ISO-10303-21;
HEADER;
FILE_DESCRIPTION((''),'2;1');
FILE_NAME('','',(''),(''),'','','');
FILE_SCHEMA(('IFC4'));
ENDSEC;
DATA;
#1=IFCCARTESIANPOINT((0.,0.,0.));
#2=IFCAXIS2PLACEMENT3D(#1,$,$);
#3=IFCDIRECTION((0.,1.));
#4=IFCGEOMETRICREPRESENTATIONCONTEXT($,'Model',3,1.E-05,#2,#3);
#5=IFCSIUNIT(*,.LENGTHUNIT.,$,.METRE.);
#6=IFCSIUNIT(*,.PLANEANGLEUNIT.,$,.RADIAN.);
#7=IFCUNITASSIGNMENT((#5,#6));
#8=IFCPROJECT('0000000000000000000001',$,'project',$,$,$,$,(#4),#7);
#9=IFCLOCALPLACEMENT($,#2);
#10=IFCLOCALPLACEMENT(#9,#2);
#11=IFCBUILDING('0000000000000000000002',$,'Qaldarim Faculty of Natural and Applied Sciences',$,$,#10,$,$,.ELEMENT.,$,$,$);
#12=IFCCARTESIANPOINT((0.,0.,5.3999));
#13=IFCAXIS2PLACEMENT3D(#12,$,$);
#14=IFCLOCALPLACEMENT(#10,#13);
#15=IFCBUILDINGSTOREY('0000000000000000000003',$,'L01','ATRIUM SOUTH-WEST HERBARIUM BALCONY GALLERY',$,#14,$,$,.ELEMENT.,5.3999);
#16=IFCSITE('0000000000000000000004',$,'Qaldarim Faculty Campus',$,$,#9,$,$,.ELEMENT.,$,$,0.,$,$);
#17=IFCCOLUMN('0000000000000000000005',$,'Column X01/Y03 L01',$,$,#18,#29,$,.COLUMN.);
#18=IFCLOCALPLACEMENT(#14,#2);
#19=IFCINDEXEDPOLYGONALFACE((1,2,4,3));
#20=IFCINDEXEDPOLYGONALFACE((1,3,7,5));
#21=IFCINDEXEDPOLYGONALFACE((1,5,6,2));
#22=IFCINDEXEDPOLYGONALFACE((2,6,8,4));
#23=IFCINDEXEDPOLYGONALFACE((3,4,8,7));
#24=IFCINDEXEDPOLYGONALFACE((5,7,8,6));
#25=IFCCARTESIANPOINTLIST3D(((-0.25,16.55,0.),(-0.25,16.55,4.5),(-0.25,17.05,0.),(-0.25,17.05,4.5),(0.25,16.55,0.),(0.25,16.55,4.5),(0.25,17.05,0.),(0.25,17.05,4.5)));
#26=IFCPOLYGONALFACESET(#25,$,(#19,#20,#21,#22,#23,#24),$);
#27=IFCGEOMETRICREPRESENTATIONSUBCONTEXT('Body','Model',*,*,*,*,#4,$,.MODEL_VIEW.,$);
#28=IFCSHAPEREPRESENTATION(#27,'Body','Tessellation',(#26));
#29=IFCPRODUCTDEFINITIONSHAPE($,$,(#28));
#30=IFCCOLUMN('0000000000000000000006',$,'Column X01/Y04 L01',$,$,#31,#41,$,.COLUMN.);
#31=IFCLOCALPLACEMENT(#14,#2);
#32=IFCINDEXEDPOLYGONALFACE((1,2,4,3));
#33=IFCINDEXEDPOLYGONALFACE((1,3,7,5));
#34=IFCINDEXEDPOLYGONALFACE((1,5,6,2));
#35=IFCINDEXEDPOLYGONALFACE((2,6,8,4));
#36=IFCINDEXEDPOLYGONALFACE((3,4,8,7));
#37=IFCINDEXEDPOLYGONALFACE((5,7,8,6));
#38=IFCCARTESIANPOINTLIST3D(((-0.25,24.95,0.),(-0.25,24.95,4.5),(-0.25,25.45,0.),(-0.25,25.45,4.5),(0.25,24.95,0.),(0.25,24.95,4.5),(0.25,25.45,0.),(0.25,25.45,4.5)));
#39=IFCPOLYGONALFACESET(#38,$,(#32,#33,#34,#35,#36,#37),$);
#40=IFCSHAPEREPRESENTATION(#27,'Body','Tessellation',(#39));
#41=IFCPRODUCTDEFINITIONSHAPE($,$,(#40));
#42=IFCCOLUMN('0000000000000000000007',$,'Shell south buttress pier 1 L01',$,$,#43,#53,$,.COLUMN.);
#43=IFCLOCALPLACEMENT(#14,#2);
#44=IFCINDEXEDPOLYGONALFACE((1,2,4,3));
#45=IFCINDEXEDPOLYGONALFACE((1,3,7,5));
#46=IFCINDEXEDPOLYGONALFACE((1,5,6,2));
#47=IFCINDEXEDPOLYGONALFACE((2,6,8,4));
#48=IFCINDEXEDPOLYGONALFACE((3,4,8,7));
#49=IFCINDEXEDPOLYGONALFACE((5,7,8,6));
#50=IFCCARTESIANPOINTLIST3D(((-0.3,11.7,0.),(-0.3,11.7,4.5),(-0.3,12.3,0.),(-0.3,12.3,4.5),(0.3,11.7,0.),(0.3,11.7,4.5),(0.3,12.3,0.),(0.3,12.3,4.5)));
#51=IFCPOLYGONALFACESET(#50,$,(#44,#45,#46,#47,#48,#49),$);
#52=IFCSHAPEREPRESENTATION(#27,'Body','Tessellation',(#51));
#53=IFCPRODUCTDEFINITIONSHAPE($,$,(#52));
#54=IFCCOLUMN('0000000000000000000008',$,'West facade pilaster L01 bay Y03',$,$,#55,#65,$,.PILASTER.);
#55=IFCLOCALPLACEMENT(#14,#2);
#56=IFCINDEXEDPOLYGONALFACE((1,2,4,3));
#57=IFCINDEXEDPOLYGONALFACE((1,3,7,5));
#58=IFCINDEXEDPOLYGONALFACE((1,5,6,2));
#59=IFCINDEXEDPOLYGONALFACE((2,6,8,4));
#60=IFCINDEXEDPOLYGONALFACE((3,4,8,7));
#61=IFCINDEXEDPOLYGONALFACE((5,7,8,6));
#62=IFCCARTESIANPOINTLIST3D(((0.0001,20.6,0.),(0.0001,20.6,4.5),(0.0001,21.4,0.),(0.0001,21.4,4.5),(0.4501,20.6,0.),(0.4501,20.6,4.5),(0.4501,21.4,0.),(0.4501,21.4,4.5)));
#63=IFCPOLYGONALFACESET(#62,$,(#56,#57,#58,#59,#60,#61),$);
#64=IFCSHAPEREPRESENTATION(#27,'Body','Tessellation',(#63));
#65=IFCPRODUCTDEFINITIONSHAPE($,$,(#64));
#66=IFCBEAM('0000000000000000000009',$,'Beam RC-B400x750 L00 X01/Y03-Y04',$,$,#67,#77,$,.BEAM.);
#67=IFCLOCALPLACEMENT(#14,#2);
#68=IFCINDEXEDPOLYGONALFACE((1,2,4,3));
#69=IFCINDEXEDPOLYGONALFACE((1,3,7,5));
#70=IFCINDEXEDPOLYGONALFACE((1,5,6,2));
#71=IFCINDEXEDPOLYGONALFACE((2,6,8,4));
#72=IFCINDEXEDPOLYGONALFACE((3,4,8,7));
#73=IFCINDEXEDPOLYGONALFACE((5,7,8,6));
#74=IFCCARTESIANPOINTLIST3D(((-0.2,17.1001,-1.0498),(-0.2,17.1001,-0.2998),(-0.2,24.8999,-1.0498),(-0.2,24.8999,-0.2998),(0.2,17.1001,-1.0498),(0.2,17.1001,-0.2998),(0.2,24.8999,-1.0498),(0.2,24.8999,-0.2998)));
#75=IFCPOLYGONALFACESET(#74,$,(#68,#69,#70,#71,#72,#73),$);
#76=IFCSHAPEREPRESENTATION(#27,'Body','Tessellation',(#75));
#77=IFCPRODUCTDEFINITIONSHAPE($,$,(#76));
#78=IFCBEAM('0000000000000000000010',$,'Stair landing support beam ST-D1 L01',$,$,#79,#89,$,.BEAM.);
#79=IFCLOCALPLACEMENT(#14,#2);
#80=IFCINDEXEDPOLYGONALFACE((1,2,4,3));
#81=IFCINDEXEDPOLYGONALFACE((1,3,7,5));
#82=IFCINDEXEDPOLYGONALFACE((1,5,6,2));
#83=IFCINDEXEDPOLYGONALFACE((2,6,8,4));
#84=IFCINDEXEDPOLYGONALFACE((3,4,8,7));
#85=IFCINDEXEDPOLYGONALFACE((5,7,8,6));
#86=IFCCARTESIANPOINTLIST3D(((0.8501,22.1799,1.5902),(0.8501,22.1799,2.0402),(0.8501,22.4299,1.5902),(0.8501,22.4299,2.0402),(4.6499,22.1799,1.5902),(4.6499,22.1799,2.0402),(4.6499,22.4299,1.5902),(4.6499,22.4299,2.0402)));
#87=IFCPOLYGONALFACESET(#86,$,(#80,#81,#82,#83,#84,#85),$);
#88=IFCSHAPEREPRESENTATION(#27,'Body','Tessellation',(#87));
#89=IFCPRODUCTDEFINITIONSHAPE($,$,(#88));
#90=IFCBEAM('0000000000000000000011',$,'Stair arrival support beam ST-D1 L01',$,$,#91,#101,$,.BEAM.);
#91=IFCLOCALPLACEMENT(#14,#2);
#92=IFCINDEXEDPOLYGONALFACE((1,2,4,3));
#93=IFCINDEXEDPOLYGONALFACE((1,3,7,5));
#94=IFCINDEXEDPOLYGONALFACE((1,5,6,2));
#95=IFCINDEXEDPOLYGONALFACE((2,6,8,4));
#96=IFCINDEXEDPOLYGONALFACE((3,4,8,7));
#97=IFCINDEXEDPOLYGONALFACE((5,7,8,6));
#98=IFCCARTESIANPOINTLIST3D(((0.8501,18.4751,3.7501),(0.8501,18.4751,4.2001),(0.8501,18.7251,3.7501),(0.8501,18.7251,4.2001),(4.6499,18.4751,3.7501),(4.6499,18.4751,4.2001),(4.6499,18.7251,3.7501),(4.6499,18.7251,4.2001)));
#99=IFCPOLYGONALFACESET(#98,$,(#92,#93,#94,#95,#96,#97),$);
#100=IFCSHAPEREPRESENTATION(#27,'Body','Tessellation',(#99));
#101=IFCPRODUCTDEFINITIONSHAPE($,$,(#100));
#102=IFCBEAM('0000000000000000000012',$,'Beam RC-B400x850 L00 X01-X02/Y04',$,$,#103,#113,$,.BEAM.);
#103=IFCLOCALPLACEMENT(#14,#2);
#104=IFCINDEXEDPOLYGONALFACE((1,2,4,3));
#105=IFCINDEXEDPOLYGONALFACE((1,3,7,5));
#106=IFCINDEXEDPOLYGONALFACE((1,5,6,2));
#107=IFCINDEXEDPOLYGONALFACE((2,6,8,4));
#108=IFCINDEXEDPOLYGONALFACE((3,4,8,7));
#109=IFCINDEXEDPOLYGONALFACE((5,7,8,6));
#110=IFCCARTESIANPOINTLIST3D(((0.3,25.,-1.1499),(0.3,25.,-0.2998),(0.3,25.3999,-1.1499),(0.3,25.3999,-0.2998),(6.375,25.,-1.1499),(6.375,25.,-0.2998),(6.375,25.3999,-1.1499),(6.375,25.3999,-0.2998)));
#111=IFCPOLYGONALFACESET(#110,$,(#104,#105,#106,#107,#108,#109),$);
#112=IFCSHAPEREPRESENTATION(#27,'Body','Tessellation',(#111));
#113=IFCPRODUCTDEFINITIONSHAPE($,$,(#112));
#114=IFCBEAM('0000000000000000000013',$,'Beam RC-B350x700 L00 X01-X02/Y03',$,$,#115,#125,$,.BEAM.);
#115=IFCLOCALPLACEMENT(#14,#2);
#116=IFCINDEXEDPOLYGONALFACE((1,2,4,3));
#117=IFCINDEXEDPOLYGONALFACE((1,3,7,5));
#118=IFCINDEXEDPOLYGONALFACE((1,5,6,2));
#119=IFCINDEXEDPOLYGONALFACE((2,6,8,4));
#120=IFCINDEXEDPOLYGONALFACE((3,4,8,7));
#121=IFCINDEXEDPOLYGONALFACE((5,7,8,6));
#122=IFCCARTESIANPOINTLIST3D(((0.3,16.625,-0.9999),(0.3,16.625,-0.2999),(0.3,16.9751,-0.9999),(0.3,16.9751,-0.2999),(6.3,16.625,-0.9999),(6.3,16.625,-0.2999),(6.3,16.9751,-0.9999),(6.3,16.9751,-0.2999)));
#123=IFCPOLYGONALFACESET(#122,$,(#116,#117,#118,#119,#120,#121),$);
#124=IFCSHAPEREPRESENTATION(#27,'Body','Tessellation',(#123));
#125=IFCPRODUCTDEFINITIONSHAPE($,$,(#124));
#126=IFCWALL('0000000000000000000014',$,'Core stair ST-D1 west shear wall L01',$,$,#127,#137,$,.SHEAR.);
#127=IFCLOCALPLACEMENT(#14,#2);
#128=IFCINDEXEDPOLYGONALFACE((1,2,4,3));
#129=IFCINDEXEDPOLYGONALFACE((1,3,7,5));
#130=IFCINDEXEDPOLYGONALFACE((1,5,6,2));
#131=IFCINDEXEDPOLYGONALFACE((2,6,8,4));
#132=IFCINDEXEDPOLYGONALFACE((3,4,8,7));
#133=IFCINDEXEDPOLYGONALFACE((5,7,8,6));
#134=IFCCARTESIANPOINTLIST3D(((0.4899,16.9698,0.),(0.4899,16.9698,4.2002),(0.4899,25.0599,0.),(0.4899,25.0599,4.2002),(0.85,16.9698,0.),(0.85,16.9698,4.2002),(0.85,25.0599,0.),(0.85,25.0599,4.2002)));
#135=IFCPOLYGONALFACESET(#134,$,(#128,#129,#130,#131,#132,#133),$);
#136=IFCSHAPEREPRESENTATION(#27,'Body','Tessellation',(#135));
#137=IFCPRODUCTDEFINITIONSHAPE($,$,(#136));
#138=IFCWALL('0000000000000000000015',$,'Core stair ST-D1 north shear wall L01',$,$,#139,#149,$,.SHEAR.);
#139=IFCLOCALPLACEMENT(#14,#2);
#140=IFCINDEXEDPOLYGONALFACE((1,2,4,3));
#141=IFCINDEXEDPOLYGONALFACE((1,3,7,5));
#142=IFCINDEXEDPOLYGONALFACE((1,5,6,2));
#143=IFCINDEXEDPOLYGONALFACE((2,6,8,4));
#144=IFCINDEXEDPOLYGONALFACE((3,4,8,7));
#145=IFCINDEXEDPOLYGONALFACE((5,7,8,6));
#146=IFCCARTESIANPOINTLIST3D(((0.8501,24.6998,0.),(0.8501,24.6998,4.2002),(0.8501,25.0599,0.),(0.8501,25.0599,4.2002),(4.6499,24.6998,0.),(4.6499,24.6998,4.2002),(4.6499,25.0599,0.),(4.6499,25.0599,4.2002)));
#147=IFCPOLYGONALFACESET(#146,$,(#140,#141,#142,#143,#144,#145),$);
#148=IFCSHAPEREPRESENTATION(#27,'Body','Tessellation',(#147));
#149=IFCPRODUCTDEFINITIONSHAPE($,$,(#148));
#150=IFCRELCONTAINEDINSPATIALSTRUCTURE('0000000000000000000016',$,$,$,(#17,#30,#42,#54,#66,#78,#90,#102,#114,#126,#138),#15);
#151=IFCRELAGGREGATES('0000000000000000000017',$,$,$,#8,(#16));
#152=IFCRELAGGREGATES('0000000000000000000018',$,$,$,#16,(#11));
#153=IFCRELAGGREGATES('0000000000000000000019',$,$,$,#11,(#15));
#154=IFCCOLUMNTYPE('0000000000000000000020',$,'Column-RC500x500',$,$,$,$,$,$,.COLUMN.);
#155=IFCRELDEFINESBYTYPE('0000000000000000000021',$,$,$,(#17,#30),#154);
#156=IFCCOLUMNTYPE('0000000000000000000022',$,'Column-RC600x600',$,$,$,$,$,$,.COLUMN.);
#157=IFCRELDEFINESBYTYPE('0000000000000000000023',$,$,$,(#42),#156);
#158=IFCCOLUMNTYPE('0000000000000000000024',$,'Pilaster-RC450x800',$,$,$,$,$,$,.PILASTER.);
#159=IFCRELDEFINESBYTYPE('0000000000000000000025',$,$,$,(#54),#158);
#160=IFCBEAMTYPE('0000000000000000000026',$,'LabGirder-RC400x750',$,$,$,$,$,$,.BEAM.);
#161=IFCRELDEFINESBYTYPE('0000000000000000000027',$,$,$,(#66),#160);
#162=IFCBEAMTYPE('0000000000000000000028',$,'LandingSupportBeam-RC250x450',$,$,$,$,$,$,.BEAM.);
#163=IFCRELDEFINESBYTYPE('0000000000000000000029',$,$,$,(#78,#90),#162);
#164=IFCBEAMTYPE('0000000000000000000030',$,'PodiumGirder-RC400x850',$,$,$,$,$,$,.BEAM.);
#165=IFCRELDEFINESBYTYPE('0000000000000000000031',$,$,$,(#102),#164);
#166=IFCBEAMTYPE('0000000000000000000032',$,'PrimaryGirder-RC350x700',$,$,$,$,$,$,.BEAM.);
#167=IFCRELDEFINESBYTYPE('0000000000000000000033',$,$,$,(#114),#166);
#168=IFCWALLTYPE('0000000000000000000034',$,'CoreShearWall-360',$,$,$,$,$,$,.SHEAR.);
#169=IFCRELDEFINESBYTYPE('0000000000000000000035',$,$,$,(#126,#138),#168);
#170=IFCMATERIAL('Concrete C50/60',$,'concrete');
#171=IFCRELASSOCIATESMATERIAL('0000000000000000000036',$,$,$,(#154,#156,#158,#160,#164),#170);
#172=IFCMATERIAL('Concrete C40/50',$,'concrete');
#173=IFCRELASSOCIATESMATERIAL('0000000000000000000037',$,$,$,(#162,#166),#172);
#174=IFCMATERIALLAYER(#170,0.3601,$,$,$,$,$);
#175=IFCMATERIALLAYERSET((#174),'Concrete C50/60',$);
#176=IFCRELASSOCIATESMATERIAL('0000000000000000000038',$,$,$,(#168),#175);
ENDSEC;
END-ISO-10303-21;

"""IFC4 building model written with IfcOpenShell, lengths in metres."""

from ifc_helpers import new_model, si_unit, direction, frame, frame_2d, origin, origin_2d, place, context, subcontext, project, spatial, rectangle, extrude, material, layer, layer_set, material_profile, profile_set, type_object, element, save


model = new_model("IFC4")

# Units and contexts
model_context = context("Model", 3, precision=1e-05, world=origin(), true_north=direction((0.0, 1.0)))
body_context = subcontext(model_context, "Body", "Model", "MODEL_VIEW")
ifc_project = project(units=[si_unit("LENGTHUNIT", "METRE"), si_unit("PLANEANGLEUNIT", "RADIAN")], contexts=[model_context])

# Site, building, storey
site_placement = place(None, origin())
site = spatial("IfcSite", under=ifc_project, at=site_placement, Name="Qaldarim Faculty Campus", CompositionType="ELEMENT", RefElevation=0.0)
building_placement = place(site_placement, origin())
building = spatial("IfcBuilding", under=site, at=building_placement, Name="Qaldarim Faculty of Natural and Applied Sciences", CompositionType="ELEMENT")
storey_placement = place(building_placement, frame((0.0, 0.0, 5.3999)))
storey = spatial("IfcBuildingStorey", under=building, at=storey_placement, Name="L01", Description="ATRIUM SOUTH-WEST HERBARIUM BALCONY GALLERY", CompositionType="ELEMENT", Elevation=5.3999)

# Columns
ifc_material_1 = material(Name="Concrete C50/60", Category="concrete")
ifc_material_profile_1 = material_profile(ifc_material_1, rectangle(XDim=0.5, YDim=0.5, at=origin_2d()), Name="RC-C500x500")
ifc_profile_set_1 = profile_set([ifc_material_profile_1], Name="Concrete C50/60")
column_type_1 = type_object("IfcColumnType", Name="Column-RC500x500", PredefinedType="COLUMN", material=ifc_profile_set_1)
for number, where, z_axis, x_axis, name in (
    (1, (0.0, 16.8, 0.0), (0.0, 0.0, 1.0), (1.0, 0.0, 0.0), "Column X01/Y03 L01"),
    (2, (0.0, 25.2, 0.0), (0.0, 0.0, 1.0), (1.0, 0.0, 0.0), "Column X01/Y04 L01"),
):
    element("IfcColumn", number, at=place(storey_placement, frame(where, z_axis=z_axis, x_axis=x_axis)), inside=storey, type_object=column_type_1, Name=name, PredefinedType="COLUMN", context=body_context, shape_type="SweptSolid", body=[
        extrude(rectangle(XDim=0.5, YDim=0.5, at=origin_2d()), origin(), (0.0, 0.0, 1.0), 4.5),
    ])
ifc_material_profile_2 = material_profile(ifc_material_1, rectangle(XDim=0.6001, YDim=0.6001, at=origin_2d()), Name="RC-C600x600")
ifc_profile_set_2 = profile_set([ifc_material_profile_2], Name="Concrete C50/60")
column_type_2 = type_object("IfcColumnType", Name="Column-RC600x600", PredefinedType="COLUMN", material=ifc_profile_set_2)
column_1_placement = place(storey_placement, frame((0.0, 12.0, 0.0), z_axis=(0.0, 0.0, 1.0), x_axis=(1.0, 0.0, 0.0)))
element("IfcColumn", 3, at=column_1_placement, inside=storey, type_object=column_type_2, Name="Shell south buttress pier 1 L01", PredefinedType="COLUMN", context=body_context, shape_type="SweptSolid", body=[
    extrude(rectangle(XDim=0.6001, YDim=0.6001, at=origin_2d()), origin(), (0.0, 0.0, 1.0), 4.5),
])
ifc_material_profile_3 = material_profile(ifc_material_1, rectangle(XDim=0.45, YDim=0.8, at=origin_2d()), Name="RC-C450x800")
ifc_profile_set_3 = profile_set([ifc_material_profile_3], Name="Concrete C50/60")
column_type_3 = type_object("IfcColumnType", Name="Pilaster-RC450x800", PredefinedType="PILASTER", material=ifc_profile_set_3)
column_2_placement = place(storey_placement, frame((0.2251, 21.0, 0.0), z_axis=(0.0, 0.0, 1.0), x_axis=(1.0, 0.0, 0.0)))
element("IfcColumn", 4, at=column_2_placement, inside=storey, type_object=column_type_3, Name="West facade pilaster L01 bay Y03", PredefinedType="PILASTER", context=body_context, shape_type="SweptSolid", body=[
    extrude(rectangle(XDim=0.45, YDim=0.8, at=origin_2d()), origin(), (0.0, 0.0, 1.0), 4.5),
])

# Beams
ifc_material_profile_4 = material_profile(ifc_material_1, rectangle(XDim=0.3999, YDim=0.75, at=origin_2d()), Name="RC-B400x750")
ifc_profile_set_4 = profile_set([ifc_material_profile_4], Name="Concrete C50/60")
beam_type_1 = type_object("IfcBeamType", Name="LabGirder-RC400x750", PredefinedType="BEAM", material=ifc_profile_set_4)
beam_1_placement = place(storey_placement, frame((0.0, 17.1001, -0.6748), z_axis=(0.0, 1.0, 0.0), x_axis=(-1.0, 0.0, 0.0)))
element("IfcBeam", 5, at=beam_1_placement, inside=storey, type_object=beam_type_1, Name="Beam RC-B400x750 L00 X01/Y03-Y04", PredefinedType="BEAM", context=body_context, shape_type="SweptSolid", body=[
    extrude(rectangle(XDim=0.3999, YDim=0.75, at=origin_2d()), origin(), (0.0, 0.0, 1.0), 7.7998),
])
ifc_material_2 = material(Name="Concrete C40/50", Category="concrete")
ifc_material_profile_5 = material_profile(ifc_material_2, rectangle(XDim=0.25, YDim=0.45, at=origin_2d()), Name="RC-LN250x450")
ifc_profile_set_5 = profile_set([ifc_material_profile_5], Name="Concrete C40/50")
beam_type_2 = type_object("IfcBeamType", Name="LandingSupportBeam-RC250x450", PredefinedType="BEAM", material=ifc_profile_set_5)
for number, where, z_axis, x_axis, name in (
    (6, (0.8501, 22.3049, 1.8152), (1.0, 0.0, 0.0), (0.0, 1.0, 0.0), "Stair landing support beam ST-D1 L01"),
    (7, (0.8501, 18.6001, 3.9751), (1.0, 0.0, 0.0), (0.0, 1.0, 0.0), "Stair arrival support beam ST-D1 L01"),
):
    element("IfcBeam", number, at=place(storey_placement, frame(where, z_axis=z_axis, x_axis=x_axis)), inside=storey, type_object=beam_type_2, Name=name, PredefinedType="BEAM", context=body_context, shape_type="SweptSolid", body=[
        extrude(rectangle(XDim=0.25, YDim=0.45, at=origin_2d()), origin(), (0.0, 0.0, 1.0), 3.7998),
    ])
ifc_material_profile_6 = material_profile(ifc_material_1, rectangle(XDim=0.3999, YDim=0.8501, at=origin_2d()), Name="RC-B400x850")
ifc_profile_set_6 = profile_set([ifc_material_profile_6], Name="Concrete C50/60")
beam_type_3 = type_object("IfcBeamType", Name="PodiumGirder-RC400x850", PredefinedType="BEAM", material=ifc_profile_set_6)
beam_2_placement = place(storey_placement, frame((0.3, 25.2, -0.7249), z_axis=(1.0, 0.0, 0.0), x_axis=(0.0, 1.0, 0.0)))
element("IfcBeam", 8, at=beam_2_placement, inside=storey, type_object=beam_type_3, Name="Beam RC-B400x850 L00 X01-X02/Y04", PredefinedType="BEAM", context=body_context, shape_type="SweptSolid", body=[
    extrude(rectangle(XDim=0.3999, YDim=0.8501, at=origin_2d()), origin(), (0.0, 0.0, 1.0), 6.075),
])
ifc_material_profile_7 = material_profile(ifc_material_2, rectangle(XDim=0.3501, YDim=0.7, at=origin_2d()), Name="RC-B350x700")
ifc_profile_set_7 = profile_set([ifc_material_profile_7], Name="Concrete C40/50")
beam_type_4 = type_object("IfcBeamType", Name="PrimaryGirder-RC350x700", PredefinedType="BEAM", material=ifc_profile_set_7)
beam_3_placement = place(storey_placement, frame((0.3, 16.8, -0.6499), z_axis=(1.0, 0.0, 0.0), x_axis=(0.0, 1.0, 0.0)))
element("IfcBeam", 9, at=beam_3_placement, inside=storey, type_object=beam_type_4, Name="Beam RC-B350x700 L00 X01-X02/Y03", PredefinedType="BEAM", context=body_context, shape_type="SweptSolid", body=[
    extrude(rectangle(XDim=0.3501, YDim=0.7, at=origin_2d()), origin(), (0.0, 0.0, 1.0), 6.0),
])

# Walls
ifc_layer_1 = layer(ifc_material_1, 0.3601)
ifc_layer_set_1 = layer_set([ifc_layer_1], Name="Concrete C50/60")
wall_type_1 = type_object("IfcWallType", Name="CoreShearWall-360", PredefinedType="SHEAR", material=ifc_layer_set_1)
wall_1_placement = place(storey_placement, frame((0.6699, 16.97, 0.0), z_axis=(0.0, 0.0, 1.0), x_axis=(0.0, 1.0, 0.0)))
element("IfcWall", 10, at=wall_1_placement, inside=storey, type_object=wall_type_1, Name="Core stair ST-D1 west shear wall L01", PredefinedType="SHEAR", context=body_context, shape_type="SweptSolid", body=[
    extrude(rectangle(XDim=8.0901, YDim=0.3601, at=frame_2d((4.0449, 0.0))), origin(), (0.0, 0.0, 1.0), 4.2002),
])
wall_2_placement = place(storey_placement, frame((0.8501, 24.8799, 0.0), z_axis=(0.0, 0.0, 1.0), x_axis=(1.0, 0.0, 0.0)))
element("IfcWall", 11, at=wall_2_placement, inside=storey, type_object=wall_type_1, Name="Core stair ST-D1 north shear wall L01", PredefinedType="SHEAR", context=body_context, shape_type="SweptSolid", body=[
    extrude(rectangle(XDim=3.7998, YDim=0.3601, at=frame_2d((1.8999, 0.0))), origin(), (0.0, 0.0, 1.0), 4.2002),
])

save(model, "model.ifc")
